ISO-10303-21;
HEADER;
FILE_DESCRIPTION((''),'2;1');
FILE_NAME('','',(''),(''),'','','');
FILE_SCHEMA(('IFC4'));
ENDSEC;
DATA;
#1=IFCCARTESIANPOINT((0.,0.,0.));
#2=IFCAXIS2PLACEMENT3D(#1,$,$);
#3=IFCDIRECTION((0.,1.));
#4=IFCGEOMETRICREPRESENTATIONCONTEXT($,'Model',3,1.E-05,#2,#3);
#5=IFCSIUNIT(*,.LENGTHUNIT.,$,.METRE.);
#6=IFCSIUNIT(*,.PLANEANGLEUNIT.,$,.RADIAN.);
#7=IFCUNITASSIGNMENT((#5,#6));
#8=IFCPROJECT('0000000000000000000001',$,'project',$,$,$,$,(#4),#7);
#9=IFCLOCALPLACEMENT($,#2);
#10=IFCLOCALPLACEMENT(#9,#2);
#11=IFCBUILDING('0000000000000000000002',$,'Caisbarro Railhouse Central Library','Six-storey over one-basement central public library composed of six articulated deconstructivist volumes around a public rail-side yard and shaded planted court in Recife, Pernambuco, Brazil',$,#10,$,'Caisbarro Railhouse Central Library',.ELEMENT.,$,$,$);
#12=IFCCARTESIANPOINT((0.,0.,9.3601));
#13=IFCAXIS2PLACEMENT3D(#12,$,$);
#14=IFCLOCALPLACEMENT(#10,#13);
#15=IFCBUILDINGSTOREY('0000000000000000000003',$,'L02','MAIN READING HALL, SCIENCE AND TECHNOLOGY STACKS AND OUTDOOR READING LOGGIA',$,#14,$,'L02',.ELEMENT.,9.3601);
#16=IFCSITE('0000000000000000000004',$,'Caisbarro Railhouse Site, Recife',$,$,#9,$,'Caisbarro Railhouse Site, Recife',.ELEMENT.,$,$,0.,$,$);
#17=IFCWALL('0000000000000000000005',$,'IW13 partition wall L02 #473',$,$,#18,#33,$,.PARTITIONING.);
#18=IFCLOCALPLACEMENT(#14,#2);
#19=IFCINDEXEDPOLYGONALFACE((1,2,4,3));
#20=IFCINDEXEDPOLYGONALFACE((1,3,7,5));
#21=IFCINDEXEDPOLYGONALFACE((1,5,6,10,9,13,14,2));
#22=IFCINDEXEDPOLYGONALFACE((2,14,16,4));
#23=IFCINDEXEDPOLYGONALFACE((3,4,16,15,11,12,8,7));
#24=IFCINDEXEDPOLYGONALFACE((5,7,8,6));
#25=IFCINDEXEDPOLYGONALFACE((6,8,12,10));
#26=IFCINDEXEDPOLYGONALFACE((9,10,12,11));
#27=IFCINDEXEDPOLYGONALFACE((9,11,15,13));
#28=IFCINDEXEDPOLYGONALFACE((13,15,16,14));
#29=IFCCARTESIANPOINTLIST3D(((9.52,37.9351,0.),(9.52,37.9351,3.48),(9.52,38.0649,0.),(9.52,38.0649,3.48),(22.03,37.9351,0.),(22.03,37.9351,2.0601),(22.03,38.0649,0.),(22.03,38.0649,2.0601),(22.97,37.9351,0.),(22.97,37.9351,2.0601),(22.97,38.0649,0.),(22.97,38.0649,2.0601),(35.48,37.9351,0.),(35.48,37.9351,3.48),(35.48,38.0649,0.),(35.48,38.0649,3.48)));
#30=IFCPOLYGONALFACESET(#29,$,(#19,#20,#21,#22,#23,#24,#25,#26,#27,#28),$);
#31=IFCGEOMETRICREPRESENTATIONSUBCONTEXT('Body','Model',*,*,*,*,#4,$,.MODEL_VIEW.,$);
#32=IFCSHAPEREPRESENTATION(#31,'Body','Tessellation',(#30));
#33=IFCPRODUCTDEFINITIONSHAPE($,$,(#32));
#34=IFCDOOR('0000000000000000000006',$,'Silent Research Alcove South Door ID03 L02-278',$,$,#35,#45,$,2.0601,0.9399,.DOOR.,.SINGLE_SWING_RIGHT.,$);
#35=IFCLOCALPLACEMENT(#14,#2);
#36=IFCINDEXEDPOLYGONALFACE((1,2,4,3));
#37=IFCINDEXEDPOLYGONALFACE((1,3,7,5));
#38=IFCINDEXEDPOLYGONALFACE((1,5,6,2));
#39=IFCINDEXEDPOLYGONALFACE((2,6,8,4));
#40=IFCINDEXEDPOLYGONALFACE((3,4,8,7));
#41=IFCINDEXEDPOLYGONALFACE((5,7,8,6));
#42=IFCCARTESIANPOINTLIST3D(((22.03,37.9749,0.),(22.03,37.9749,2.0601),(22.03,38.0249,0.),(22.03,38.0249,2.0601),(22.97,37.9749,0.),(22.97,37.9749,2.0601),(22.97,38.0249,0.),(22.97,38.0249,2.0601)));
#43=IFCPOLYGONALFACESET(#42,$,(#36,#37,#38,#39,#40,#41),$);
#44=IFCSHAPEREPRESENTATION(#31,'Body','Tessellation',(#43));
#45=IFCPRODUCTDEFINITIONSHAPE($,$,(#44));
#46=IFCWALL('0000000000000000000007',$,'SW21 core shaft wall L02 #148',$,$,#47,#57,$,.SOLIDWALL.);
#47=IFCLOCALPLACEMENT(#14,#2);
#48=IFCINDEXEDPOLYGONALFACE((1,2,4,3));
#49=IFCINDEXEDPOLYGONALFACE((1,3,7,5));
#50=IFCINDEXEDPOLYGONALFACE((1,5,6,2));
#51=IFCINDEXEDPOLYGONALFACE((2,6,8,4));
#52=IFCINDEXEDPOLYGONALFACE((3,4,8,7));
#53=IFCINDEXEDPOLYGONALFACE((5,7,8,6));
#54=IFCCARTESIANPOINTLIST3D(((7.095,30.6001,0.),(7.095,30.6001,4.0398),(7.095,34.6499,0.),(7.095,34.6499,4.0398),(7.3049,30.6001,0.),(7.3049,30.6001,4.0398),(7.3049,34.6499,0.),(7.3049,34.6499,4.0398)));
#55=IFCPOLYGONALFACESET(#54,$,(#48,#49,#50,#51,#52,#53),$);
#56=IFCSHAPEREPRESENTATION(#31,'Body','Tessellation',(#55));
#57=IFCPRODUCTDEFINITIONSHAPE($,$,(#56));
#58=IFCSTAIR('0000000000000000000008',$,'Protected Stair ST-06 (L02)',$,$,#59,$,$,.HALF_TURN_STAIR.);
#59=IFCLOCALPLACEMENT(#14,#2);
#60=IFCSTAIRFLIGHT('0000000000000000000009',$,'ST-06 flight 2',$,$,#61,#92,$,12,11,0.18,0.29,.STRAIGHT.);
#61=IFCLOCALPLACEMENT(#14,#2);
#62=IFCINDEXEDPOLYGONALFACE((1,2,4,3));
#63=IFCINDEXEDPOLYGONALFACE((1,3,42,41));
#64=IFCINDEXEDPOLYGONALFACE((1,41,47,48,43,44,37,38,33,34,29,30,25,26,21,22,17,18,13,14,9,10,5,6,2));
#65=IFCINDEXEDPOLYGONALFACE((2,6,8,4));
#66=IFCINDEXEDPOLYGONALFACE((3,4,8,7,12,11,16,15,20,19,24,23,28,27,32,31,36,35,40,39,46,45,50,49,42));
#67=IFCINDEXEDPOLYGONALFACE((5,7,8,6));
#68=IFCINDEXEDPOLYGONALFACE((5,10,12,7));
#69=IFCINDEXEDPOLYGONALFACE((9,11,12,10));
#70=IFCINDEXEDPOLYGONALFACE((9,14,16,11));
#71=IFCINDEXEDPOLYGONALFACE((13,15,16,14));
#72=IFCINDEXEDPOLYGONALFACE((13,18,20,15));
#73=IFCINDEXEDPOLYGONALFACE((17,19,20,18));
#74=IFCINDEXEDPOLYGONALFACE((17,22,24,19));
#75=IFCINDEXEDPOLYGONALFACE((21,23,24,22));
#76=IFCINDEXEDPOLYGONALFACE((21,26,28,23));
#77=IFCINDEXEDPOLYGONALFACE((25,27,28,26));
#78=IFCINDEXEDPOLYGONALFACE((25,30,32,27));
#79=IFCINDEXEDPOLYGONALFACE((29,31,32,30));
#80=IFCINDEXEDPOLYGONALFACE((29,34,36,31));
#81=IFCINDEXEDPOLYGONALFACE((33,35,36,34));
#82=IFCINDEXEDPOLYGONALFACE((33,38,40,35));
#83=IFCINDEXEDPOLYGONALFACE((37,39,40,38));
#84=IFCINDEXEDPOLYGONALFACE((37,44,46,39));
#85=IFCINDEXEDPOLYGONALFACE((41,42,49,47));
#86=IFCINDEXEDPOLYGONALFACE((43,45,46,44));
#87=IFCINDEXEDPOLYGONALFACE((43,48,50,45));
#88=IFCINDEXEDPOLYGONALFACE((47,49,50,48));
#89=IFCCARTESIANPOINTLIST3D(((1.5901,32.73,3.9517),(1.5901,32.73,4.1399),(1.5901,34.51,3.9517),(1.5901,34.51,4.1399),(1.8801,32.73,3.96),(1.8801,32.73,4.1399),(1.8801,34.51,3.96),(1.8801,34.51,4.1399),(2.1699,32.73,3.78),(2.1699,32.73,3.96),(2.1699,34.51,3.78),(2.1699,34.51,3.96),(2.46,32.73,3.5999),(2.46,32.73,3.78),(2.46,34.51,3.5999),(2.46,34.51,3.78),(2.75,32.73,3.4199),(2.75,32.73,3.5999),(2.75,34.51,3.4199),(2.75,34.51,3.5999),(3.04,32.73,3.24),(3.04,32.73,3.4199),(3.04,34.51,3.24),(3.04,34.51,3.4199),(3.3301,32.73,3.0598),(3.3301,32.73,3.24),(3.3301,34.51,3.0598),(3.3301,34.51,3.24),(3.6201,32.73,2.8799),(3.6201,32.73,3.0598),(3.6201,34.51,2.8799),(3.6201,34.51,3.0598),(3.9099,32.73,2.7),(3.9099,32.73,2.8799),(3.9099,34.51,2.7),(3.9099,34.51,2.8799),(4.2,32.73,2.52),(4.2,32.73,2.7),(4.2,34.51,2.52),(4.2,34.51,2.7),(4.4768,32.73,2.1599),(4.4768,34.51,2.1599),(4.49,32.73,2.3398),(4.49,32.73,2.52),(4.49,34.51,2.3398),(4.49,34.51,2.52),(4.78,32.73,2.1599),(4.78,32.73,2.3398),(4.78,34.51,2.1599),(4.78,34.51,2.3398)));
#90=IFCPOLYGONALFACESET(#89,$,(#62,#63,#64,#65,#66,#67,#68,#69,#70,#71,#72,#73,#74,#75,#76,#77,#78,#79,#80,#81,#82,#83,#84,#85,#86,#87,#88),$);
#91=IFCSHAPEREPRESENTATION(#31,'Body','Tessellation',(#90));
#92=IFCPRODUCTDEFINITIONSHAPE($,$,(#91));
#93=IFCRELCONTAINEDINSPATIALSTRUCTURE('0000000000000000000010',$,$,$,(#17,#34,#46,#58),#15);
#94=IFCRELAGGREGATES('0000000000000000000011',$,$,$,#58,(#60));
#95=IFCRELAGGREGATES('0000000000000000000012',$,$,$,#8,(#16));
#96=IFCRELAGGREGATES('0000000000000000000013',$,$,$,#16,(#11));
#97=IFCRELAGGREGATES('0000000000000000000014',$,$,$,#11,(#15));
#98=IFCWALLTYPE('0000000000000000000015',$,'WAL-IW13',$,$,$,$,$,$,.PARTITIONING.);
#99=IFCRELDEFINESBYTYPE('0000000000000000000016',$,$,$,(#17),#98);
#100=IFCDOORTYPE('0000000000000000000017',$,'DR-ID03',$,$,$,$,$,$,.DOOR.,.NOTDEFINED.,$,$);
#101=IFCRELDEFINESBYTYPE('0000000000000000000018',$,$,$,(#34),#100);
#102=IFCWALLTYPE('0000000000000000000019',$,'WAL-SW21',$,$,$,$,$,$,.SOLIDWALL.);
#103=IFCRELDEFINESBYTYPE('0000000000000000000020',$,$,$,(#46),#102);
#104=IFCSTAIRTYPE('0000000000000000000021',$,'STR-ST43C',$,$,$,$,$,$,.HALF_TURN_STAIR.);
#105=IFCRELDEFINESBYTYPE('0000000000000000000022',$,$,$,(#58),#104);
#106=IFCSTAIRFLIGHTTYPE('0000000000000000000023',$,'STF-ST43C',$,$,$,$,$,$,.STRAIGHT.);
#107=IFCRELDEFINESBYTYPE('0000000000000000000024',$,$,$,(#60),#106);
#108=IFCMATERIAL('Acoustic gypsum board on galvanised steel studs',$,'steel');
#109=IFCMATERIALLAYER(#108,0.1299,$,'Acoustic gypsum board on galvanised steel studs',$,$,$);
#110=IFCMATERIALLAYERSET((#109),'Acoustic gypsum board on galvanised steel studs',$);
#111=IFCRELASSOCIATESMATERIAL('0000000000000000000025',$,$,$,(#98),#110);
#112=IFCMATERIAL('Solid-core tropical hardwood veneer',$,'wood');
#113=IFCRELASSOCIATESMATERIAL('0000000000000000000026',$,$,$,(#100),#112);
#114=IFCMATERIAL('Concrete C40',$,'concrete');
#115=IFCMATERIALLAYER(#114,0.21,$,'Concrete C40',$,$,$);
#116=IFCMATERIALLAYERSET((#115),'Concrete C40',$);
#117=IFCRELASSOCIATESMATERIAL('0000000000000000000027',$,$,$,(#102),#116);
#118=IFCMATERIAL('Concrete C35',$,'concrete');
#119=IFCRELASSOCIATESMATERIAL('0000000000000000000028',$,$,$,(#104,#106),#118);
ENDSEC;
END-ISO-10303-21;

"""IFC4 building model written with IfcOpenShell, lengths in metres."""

from ifc_helpers import new_model, si_unit, direction, frame, frame_2d, origin, place, context, subcontext, project, spatial, polyline, rectangle, outline, extrude, material, layer, layer_set, type_object, element, fill, aggregate, save


model = new_model("IFC4")

# Units and contexts
model_context = context("Model", 3, precision=1e-05, world=origin(), true_north=direction((0.0, 1.0)))
body_context = subcontext(model_context, "Body", "Model", "MODEL_VIEW")
ifc_project = project(units=[si_unit("LENGTHUNIT", "METRE"), si_unit("PLANEANGLEUNIT", "RADIAN")], contexts=[model_context])

# Site, building, storey
site_placement = place(None, origin())
site = spatial("IfcSite", under=ifc_project, at=site_placement, Name="Caisbarro Railhouse Site, Recife", LongName="Caisbarro Railhouse Site, Recife", CompositionType="ELEMENT", RefElevation=0.0)
building_placement = place(site_placement, origin())
building = spatial("IfcBuilding", under=site, at=building_placement, Name="Caisbarro Railhouse Central Library", Description="Six-storey over one-basement central public library composed of six articulated deconstructivist volumes around a public rail-side yard and shaded planted court in Recife, Pernambuco, Brazil", LongName="Caisbarro Railhouse Central Library", CompositionType="ELEMENT")
storey_placement = place(building_placement, frame((0.0, 0.0, 9.3601)))
storey = spatial("IfcBuildingStorey", under=building, at=storey_placement, Name="L02", Description="MAIN READING HALL, SCIENCE AND TECHNOLOGY STACKS AND OUTDOOR READING LOGGIA", LongName="L02", CompositionType="ELEMENT", Elevation=9.3601)

# Shared definitions
ifc_material_1 = material(Name="Concrete C40", Category="concrete")
ifc_material_2 = material(Name="Acoustic gypsum board on galvanised steel studs", Category="steel")

# Wall, opening, door
ifc_layer_1 = layer(ifc_material_2, 0.1299, Name="Acoustic gypsum board on galvanised steel studs")
ifc_layer_set_1 = layer_set([ifc_layer_1], Name="Acoustic gypsum board on galvanised steel studs")
wall_type_1 = type_object("IfcWallType", Name="WAL-IW13", PredefinedType="PARTITIONING", material=ifc_layer_set_1)
wall_1_placement = place(storey_placement, frame((9.52, 38.0, 0.0), z_axis=(0.0, 0.0, 1.0), x_axis=(1.0, 0.0, 0.0)))
wall_1 = element("IfcWall", 1, at=wall_1_placement, inside=storey, type_object=wall_type_1, Name="IW13 partition wall L02 #473", PredefinedType="PARTITIONING", context=body_context, shape_type="SweptSolid", body=[
    extrude(rectangle(XDim=25.96, YDim=0.1299, at=frame_2d((12.98, 0.0))), origin(), (0.0, 0.0, 1.0), 3.48),
])
opening_placement = place(wall_1_placement, frame((12.51, 0.0, 0.0)))
opening = element("IfcOpeningElement", 2, at=opening_placement, cuts=wall_1, PredefinedType="OPENING", context=body_context, shape_type="SweptSolid", body=[
    extrude(rectangle(XDim=0.9399, YDim=2.0601, at=frame_2d((0.47, 1.03))), frame((0.0, 0.075, 0.0), z_axis=(0.0, -1.0, 0.0), x_axis=(1.0, 0.0, 0.0)), (0.0, 0.0, 1.0), 0.1499),
])
ifc_material_3 = material(Name="Solid-core tropical hardwood veneer", Category="wood")
door_type = type_object("IfcDoorType", Name="DR-ID03", OperationType="NOTDEFINED", PredefinedType="DOOR", material=ifc_material_3)
door_placement = place(opening_placement, origin())
door = element("IfcDoor", 3, at=door_placement, inside=storey, type_object=door_type, Name="Silent Research Alcove South Door ID03 L02-278", OperationType="SINGLE_SWING_RIGHT", OverallHeight=2.0601, OverallWidth=0.9399, PredefinedType="DOOR", context=body_context, shape_type="SweptSolid", body=[
    extrude(rectangle(XDim=0.9399, YDim=2.0601, at=frame_2d((0.47, 1.03))), frame((0.0, 0.0249, 0.0), z_axis=(0.0, -1.0, 0.0), x_axis=(1.0, 0.0, 0.0)), (0.0, 0.0, 1.0), 0.05),
])
fill(opening, door)

# Wall
ifc_layer_2 = layer(ifc_material_1, 0.21, Name="Concrete C40")
ifc_layer_set_2 = layer_set([ifc_layer_2], Name="Concrete C40")
wall_type_2 = type_object("IfcWallType", Name="WAL-SW21", PredefinedType="SOLIDWALL", material=ifc_layer_set_2)
wall_2_placement = place(storey_placement, frame((7.2, 30.6001, 0.0), z_axis=(0.0, 0.0, 1.0), x_axis=(0.0, 1.0, 0.0)))
element("IfcWall", 4, at=wall_2_placement, inside=storey, type_object=wall_type_2, Name="SW21 core shaft wall L02 #148", PredefinedType="SOLIDWALL", context=body_context, shape_type="SweptSolid", body=[
    extrude(rectangle(XDim=4.0498, YDim=0.21, at=frame_2d((2.0249, 0.0))), origin(), (0.0, 0.0, 1.0), 4.0398),
])

# Stair, stair flight
ifc_material_4 = material(Name="Concrete C35", Category="concrete")
stair_type = type_object("IfcStairType", Name="STR-ST43C", PredefinedType="HALF_TURN_STAIR", material=ifc_material_4)
stair_placement = place(storey_placement, origin())
stair = element("IfcStair", 5, at=stair_placement, inside=storey, type_object=stair_type, Name="Protected Stair ST-06 (L02)", PredefinedType="HALF_TURN_STAIR")
stair_flight_type = type_object("IfcStairFlightType", Name="STF-ST43C", PredefinedType="STRAIGHT", material=ifc_material_4)
stair_flight_placement = place(storey_placement, frame((4.78, 33.6201, 2.1599), z_axis=(0.0, 0.0, 1.0), x_axis=(-1.0, 0.0, 0.0)))
stair_flight = element("IfcStairFlight", 6, at=stair_flight_placement, type_object=stair_flight_type, Name="ST-06 flight 2", NumberOfRisers=12, NumberOfTreads=11, PredefinedType="STRAIGHT", RiserHeight=0.18, TreadLength=0.29, context=body_context, shape_type="SweptSolid", body=[
    extrude(outline(polyline([(0.0, 0.0), (0.0, 0.1799), (0.29, 0.1799), (0.29, 0.3601), (0.5801, 0.3601), (0.5801, 0.54), (0.8701, 0.54), (0.8701, 0.72), (1.1599, 0.72), (1.1599, 0.8999), (1.45, 0.8999), (1.45, 1.0801), (1.74, 1.0801), (1.74, 1.26), (2.03, 1.26), (2.03, 1.4399), (2.3201, 1.4399), (2.3201, 1.6201), (2.6101, 1.6201), (2.6101, 1.8), (2.8999, 1.8), (2.8999, 1.98), (3.1899, 1.98), (3.1899, 2.1599), (3.1899, 1.7917), (0.3032, 0.0), (0.0, 0.0)])), frame((0.0, 0.8901, 0.0), z_axis=(0.0, -1.0, 0.0), x_axis=(1.0, 0.0, 0.0)), (0.0, 0.0, 1.0), 1.78),
])
aggregate(stair, [stair_flight])

save(model, "model.ifc")
